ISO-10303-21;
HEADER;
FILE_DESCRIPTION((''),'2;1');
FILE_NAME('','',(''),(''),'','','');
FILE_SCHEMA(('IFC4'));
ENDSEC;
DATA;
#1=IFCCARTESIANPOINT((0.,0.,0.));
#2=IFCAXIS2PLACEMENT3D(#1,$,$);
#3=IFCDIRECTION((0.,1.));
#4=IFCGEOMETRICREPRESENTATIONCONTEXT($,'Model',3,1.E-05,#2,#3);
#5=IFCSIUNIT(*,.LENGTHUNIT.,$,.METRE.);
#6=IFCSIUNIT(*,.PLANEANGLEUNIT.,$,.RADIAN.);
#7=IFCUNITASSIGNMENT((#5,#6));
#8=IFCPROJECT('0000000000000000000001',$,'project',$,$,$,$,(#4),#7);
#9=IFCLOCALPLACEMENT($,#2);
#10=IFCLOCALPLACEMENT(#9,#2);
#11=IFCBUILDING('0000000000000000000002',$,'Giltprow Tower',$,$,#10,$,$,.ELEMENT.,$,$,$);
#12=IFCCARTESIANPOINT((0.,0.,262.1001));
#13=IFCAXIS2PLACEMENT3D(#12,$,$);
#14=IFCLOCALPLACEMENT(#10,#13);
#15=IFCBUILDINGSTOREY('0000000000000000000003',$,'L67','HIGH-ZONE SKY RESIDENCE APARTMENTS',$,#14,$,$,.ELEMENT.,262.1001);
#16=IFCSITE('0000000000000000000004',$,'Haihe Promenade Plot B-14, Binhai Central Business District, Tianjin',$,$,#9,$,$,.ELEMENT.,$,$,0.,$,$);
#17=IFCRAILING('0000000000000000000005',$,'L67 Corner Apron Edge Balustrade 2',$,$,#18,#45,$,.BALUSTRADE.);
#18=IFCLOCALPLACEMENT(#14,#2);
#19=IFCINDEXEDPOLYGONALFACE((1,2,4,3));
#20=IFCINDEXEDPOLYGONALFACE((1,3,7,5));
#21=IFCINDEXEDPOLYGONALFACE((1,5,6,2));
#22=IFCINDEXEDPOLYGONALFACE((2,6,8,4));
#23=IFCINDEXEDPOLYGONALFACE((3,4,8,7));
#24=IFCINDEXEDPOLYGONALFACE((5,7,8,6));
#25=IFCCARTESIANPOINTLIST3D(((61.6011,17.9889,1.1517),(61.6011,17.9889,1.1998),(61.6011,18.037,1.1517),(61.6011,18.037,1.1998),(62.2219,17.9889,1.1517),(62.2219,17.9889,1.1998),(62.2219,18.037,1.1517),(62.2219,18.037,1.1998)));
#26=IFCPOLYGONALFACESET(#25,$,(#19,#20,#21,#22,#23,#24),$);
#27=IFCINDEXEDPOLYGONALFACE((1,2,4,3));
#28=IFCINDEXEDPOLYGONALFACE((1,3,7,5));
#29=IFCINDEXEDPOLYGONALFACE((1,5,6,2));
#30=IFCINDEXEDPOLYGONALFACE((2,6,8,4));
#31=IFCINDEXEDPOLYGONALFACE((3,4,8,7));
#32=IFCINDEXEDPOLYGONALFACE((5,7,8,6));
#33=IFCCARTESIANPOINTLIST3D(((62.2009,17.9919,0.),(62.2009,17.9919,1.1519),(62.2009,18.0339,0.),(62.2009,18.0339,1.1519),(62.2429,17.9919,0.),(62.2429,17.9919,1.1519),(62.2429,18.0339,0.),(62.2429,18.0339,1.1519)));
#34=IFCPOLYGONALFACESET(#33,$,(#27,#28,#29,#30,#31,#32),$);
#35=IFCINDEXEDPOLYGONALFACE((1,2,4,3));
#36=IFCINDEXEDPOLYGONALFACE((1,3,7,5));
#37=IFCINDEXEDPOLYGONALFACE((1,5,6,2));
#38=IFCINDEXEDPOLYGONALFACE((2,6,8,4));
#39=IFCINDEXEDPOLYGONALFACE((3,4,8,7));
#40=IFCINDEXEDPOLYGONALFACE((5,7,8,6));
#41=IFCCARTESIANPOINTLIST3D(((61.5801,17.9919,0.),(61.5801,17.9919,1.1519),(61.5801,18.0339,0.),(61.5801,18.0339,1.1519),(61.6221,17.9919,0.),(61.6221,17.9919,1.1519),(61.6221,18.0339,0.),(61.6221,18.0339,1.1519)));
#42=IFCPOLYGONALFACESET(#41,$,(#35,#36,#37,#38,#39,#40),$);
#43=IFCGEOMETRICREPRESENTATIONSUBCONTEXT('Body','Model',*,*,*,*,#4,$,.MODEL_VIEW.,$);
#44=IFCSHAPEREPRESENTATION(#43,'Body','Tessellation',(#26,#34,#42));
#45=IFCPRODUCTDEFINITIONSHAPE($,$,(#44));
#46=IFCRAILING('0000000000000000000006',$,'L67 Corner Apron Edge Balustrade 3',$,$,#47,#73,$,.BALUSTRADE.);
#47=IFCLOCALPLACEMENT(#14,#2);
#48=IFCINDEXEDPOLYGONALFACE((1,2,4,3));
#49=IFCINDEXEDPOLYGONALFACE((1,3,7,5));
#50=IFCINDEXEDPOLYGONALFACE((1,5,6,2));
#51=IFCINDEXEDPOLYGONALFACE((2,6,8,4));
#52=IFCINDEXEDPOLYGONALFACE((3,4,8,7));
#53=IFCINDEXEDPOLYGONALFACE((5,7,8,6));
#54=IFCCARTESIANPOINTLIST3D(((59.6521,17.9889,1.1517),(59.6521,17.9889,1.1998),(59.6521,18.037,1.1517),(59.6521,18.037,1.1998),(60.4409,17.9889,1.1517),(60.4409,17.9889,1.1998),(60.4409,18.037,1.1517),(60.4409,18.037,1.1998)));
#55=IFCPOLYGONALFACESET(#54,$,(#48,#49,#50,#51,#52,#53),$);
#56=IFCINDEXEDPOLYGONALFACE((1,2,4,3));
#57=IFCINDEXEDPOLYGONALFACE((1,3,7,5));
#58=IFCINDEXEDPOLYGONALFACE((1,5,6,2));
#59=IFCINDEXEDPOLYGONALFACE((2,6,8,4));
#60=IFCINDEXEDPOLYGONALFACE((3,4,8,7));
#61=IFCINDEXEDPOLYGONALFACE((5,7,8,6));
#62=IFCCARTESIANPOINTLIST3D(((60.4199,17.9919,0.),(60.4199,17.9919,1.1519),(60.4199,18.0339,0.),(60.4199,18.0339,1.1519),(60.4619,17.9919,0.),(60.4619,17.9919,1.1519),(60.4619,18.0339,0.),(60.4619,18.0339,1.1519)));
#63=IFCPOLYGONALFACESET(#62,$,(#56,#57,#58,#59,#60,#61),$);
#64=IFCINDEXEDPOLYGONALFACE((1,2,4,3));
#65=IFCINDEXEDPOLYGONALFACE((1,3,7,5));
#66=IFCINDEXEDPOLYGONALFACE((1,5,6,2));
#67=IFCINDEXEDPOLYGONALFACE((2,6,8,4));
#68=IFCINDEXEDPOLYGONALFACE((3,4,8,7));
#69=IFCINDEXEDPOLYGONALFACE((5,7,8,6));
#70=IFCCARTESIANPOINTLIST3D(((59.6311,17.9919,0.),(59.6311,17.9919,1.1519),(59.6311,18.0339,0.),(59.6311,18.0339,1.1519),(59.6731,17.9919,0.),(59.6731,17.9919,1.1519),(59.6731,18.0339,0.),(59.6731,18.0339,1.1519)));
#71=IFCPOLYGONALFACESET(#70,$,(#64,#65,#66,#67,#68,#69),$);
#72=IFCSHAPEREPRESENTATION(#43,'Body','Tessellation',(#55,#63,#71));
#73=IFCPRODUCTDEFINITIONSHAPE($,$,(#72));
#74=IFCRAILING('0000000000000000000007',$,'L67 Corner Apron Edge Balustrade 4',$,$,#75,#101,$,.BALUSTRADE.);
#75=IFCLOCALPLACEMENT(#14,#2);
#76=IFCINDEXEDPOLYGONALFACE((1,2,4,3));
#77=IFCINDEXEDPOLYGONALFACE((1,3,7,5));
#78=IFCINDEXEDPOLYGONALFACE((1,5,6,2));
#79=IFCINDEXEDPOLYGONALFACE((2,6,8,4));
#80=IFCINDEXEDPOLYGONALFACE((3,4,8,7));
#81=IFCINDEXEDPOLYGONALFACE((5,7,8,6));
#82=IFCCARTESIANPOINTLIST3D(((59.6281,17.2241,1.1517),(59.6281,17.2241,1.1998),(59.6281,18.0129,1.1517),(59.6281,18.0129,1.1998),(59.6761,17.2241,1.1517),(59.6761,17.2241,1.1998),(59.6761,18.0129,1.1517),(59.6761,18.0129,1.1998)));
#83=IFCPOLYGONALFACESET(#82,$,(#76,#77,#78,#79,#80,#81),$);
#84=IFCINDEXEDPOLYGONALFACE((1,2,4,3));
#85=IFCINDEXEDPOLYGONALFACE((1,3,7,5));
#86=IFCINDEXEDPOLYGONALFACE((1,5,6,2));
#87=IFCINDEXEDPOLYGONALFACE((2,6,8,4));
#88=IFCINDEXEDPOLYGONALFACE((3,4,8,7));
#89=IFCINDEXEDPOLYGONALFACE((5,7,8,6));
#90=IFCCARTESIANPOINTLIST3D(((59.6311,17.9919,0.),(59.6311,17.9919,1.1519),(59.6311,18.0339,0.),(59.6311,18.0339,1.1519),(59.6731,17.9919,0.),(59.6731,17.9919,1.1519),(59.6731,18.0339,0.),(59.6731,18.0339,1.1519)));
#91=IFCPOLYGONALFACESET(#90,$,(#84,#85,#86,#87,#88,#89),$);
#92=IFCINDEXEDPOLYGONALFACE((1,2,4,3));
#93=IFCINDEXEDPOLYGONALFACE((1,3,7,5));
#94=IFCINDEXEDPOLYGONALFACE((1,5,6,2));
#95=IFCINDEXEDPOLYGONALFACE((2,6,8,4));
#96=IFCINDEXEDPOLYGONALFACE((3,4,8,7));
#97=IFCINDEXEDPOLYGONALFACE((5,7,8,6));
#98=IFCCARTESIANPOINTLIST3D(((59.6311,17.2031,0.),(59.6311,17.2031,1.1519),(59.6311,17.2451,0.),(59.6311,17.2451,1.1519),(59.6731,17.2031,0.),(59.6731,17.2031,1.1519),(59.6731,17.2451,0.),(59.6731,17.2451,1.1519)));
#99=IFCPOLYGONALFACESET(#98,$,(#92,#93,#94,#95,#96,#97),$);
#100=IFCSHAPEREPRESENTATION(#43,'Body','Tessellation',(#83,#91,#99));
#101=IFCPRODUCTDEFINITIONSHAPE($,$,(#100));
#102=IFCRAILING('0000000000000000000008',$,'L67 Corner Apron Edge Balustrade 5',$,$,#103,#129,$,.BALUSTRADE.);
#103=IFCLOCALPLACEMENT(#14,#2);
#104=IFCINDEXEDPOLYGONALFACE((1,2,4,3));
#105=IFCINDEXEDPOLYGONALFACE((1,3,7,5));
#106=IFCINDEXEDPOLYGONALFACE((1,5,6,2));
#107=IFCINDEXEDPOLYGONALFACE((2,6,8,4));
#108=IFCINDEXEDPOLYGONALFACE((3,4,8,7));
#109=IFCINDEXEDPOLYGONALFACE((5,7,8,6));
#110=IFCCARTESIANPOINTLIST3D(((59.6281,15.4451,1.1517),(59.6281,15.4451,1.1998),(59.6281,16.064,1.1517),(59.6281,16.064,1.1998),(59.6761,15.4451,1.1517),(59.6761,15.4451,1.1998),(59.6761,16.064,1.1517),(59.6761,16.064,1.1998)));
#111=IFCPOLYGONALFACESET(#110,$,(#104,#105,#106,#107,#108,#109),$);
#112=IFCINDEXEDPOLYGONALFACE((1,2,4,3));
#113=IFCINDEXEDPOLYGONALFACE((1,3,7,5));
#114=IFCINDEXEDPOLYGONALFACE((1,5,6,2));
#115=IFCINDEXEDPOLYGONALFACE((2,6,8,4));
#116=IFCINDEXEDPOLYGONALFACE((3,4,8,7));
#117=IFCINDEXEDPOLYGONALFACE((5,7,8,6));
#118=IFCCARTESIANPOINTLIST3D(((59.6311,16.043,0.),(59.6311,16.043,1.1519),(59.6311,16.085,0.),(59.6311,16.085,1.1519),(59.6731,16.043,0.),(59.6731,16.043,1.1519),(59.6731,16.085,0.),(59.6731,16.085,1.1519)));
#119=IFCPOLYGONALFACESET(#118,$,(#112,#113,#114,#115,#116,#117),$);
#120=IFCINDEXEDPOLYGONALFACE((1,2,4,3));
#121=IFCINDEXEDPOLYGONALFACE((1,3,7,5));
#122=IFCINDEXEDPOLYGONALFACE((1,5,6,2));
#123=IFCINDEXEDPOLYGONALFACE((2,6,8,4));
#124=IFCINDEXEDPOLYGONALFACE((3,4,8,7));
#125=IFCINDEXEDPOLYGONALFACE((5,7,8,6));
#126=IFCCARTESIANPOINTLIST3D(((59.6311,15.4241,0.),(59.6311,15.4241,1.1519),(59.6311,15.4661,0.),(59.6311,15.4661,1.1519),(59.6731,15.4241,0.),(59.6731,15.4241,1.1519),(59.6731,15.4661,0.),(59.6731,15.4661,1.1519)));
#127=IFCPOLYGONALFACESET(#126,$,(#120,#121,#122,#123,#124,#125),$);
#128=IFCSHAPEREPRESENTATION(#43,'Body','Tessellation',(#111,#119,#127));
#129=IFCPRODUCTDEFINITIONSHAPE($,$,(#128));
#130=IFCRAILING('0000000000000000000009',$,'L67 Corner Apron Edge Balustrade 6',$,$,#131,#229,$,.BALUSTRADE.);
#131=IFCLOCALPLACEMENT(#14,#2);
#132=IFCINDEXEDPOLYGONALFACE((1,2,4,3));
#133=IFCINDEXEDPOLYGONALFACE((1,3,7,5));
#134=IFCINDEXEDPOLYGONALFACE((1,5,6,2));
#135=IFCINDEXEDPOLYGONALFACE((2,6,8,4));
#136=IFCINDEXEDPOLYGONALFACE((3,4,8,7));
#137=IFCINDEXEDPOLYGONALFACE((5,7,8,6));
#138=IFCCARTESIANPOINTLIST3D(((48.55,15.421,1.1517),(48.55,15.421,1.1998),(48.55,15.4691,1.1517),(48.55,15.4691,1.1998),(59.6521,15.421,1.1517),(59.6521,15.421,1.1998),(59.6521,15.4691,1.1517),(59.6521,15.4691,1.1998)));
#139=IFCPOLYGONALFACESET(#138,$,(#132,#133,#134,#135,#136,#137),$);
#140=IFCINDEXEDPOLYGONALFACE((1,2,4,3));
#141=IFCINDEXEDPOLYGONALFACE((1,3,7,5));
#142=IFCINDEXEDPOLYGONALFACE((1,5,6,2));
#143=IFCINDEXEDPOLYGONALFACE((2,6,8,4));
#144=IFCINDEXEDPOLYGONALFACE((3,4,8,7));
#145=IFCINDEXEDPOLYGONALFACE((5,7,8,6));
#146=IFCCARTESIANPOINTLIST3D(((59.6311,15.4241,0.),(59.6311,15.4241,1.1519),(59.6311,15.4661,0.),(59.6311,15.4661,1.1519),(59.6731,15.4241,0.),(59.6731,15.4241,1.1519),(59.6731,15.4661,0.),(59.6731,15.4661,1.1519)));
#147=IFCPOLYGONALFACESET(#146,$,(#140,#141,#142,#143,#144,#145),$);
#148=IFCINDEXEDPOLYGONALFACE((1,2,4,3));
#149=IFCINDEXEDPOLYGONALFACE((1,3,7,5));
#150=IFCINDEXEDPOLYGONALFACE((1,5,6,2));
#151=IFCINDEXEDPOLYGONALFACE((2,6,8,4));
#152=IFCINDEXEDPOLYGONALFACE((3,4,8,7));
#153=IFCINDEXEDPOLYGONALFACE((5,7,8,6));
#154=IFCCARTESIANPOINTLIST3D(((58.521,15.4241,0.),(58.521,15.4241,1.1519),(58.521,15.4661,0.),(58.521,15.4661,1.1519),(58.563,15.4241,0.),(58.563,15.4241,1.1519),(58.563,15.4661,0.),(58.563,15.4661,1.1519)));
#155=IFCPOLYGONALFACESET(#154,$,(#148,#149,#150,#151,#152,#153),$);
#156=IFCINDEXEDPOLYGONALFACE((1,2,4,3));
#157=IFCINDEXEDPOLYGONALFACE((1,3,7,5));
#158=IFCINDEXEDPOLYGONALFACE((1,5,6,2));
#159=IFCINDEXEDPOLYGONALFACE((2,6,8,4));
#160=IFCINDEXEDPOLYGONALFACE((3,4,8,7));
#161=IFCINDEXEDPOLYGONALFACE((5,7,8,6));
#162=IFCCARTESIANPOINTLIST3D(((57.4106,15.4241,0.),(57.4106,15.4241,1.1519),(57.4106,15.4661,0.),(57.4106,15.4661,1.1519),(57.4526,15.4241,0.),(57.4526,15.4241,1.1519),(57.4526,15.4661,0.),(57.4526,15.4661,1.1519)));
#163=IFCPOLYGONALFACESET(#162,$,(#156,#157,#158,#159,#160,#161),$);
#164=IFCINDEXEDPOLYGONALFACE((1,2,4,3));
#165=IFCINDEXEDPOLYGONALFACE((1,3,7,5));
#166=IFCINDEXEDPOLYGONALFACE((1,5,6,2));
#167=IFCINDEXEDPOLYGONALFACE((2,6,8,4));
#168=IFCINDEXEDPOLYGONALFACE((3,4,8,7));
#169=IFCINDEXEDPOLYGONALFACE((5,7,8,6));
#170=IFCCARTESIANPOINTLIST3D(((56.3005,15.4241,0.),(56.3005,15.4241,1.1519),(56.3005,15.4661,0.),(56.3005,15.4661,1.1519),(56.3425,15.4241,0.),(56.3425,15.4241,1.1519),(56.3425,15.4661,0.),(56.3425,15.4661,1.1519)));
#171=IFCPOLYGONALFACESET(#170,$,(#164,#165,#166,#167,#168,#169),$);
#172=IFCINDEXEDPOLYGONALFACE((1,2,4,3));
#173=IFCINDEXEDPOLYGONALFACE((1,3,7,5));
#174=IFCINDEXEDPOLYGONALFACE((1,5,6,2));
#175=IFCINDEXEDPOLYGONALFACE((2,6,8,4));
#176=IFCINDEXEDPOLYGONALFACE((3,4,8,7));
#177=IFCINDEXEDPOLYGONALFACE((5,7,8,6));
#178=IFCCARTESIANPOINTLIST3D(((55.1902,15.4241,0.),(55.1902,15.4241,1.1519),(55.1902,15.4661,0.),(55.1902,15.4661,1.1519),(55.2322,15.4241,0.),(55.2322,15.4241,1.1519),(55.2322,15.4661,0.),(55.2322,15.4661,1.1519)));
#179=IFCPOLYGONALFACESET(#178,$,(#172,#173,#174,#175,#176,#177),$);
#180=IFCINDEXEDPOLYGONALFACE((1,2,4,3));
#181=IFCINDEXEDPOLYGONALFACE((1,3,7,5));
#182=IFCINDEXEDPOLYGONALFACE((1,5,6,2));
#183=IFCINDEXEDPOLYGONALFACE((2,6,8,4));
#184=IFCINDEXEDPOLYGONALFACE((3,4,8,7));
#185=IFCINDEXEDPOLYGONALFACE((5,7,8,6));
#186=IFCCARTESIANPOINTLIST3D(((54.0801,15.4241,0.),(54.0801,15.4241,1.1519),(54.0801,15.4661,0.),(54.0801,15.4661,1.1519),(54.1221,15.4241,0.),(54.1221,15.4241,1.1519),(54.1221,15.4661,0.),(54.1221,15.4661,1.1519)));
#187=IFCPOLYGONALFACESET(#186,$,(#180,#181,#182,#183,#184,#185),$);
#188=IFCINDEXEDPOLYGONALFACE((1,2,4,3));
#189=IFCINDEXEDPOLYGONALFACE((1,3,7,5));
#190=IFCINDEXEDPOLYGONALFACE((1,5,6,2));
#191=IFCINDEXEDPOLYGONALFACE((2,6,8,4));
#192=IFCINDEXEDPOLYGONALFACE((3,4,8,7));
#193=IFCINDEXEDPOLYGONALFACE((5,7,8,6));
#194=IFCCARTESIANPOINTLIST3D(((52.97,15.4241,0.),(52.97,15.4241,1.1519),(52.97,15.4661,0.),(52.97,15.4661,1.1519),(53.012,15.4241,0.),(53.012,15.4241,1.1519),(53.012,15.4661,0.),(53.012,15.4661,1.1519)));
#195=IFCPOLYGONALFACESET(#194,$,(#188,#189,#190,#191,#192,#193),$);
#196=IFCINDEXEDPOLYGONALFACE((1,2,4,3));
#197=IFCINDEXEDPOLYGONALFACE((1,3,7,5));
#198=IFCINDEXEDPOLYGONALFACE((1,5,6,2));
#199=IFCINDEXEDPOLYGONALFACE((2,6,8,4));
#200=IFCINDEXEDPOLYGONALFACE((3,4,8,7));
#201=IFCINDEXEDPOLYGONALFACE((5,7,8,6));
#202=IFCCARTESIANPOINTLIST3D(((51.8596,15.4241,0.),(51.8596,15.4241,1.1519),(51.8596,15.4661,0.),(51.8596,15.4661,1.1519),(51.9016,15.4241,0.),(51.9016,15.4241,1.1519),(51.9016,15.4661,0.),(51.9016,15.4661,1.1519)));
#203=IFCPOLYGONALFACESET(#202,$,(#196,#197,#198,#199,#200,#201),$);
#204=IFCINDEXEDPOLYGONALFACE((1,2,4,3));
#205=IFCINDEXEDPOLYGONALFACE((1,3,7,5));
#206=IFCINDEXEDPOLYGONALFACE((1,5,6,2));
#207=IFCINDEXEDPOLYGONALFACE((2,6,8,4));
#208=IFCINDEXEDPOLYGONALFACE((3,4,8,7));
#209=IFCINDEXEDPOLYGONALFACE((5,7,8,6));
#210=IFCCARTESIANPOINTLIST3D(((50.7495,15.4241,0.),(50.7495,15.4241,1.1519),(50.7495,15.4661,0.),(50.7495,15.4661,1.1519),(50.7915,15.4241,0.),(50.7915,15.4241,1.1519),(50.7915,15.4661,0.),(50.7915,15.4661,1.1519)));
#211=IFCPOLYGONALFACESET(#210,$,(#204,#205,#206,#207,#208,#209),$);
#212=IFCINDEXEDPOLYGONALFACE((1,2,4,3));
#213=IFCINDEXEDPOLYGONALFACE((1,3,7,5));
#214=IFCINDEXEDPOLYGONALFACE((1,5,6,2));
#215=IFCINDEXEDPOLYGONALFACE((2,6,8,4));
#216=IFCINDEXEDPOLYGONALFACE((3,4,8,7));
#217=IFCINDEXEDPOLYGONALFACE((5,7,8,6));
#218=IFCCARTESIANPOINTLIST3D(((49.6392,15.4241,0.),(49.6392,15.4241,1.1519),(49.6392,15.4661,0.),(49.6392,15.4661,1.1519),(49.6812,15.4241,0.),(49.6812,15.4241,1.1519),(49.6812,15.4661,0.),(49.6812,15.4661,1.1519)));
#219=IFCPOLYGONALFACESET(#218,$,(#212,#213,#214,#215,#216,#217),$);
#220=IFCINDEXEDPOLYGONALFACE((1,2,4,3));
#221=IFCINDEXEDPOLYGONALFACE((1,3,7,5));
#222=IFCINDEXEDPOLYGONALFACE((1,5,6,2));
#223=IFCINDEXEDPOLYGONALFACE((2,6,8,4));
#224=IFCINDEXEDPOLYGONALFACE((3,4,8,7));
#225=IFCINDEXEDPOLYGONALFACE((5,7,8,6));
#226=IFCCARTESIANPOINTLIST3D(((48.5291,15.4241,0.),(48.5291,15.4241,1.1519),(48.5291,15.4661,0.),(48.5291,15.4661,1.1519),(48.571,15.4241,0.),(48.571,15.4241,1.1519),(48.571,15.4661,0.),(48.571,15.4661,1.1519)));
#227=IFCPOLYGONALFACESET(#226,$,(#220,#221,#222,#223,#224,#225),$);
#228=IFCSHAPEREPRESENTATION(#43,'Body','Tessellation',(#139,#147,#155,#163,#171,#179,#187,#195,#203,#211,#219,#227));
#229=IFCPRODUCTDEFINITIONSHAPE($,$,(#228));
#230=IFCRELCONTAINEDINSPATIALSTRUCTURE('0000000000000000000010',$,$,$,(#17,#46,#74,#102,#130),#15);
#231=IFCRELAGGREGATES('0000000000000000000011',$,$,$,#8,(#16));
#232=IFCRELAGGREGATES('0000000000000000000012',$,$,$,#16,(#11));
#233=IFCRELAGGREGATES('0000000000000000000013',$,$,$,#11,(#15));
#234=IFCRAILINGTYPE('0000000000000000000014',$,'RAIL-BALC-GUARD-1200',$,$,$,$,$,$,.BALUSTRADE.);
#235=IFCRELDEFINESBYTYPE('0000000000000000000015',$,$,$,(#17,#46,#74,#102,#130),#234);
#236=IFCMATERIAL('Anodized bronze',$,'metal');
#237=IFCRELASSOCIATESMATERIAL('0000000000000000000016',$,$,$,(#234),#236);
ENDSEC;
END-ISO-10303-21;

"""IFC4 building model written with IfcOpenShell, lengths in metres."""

from ifc_helpers import new_model, si_unit, direction, frame, origin, origin_2d, place, context, subcontext, project, spatial, rectangle, extrude, material, type_object, element, save


model = new_model("IFC4")

# Units and contexts
model_context = context("Model", 3, precision=1e-05, world=origin(), true_north=direction((0.0, 1.0)))
body_context = subcontext(model_context, "Body", "Model", "MODEL_VIEW")
ifc_project = project(units=[si_unit("LENGTHUNIT", "METRE"), si_unit("PLANEANGLEUNIT", "RADIAN")], contexts=[model_context])

# Site, building, storey
site_placement = place(None, origin())
site = spatial("IfcSite", under=ifc_project, at=site_placement, Name="Haihe Promenade Plot B-14, Binhai Central Business District, Tianjin", CompositionType="ELEMENT", RefElevation=0.0)
building_placement = place(site_placement, origin())
building = spatial("IfcBuilding", under=site, at=building_placement, Name="Giltprow Tower", CompositionType="ELEMENT")
storey_placement = place(building_placement, frame((0.0, 0.0, 262.1001)))
storey = spatial("IfcBuildingStorey", under=building, at=storey_placement, Name="L67", Description="HIGH-ZONE SKY RESIDENCE APARTMENTS", CompositionType="ELEMENT", Elevation=262.1001)

# Shared definitions
ifc_material_1 = material(Name="Anodized bronze", Category="metal")

# Railings
railing_type = type_object("IfcRailingType", Name="RAIL-BALC-GUARD-1200", PredefinedType="BALUSTRADE", material=ifc_material_1)
railing_1_placement = place(storey_placement, frame((62.2219, 18.0129, 0.0)))
element("IfcRailing", 1, at=railing_1_placement, inside=storey, type_object=railing_type, Name="L67 Corner Apron Edge Balustrade 2", PredefinedType="BALUSTRADE", context=body_context, shape_type="SweptSolid", body=[
    extrude(rectangle(XDim=0.0481, YDim=0.0481, at=origin_2d()), frame((0.0, 0.0, 1.1758), z_axis=(-1.0, 0.0, 0.0), x_axis=(0.0, -1.0, 0.0)), (0.0, 0.0, 1.0), 0.6208),
    extrude(rectangle(XDim=0.042, YDim=0.042, at=origin_2d()), origin(), (0.0, 0.0, 1.0), 1.1519),
    extrude(rectangle(XDim=0.042, YDim=0.042, at=origin_2d()), frame((-0.6208, 0.0, 0.0)), (0.0, 0.0, 1.0), 1.1519),
])
railing_2_placement = place(storey_placement, frame((60.4409, 18.0129, 0.0)))
element("IfcRailing", 2, at=railing_2_placement, inside=storey, type_object=railing_type, Name="L67 Corner Apron Edge Balustrade 3", PredefinedType="BALUSTRADE", context=body_context, shape_type="SweptSolid", body=[
    extrude(rectangle(XDim=0.0481, YDim=0.0481, at=origin_2d()), frame((0.0, 0.0, 1.1758), z_axis=(-1.0, 0.0, 0.0), x_axis=(0.0, -1.0, 0.0)), (0.0, 0.0, 1.0), 0.7888),
    extrude(rectangle(XDim=0.042, YDim=0.042, at=origin_2d()), origin(), (0.0, 0.0, 1.0), 1.1519),
    extrude(rectangle(XDim=0.042, YDim=0.042, at=origin_2d()), frame((-0.7888, 0.0, 0.0)), (0.0, 0.0, 1.0), 1.1519),
])
railing_3_placement = place(storey_placement, frame((59.6521, 18.0129, 0.0)))
element("IfcRailing", 3, at=railing_3_placement, inside=storey, type_object=railing_type, Name="L67 Corner Apron Edge Balustrade 4", PredefinedType="BALUSTRADE", context=body_context, shape_type="SweptSolid", body=[
    extrude(rectangle(XDim=0.0481, YDim=0.0481, at=origin_2d()), frame((0.0, 0.0, 1.1758), z_axis=(0.0, -1.0, 0.0), x_axis=(1.0, 0.0, 0.0)), (0.0, 0.0, 1.0), 0.7888),
    extrude(rectangle(XDim=0.042, YDim=0.042, at=origin_2d()), origin(), (0.0, 0.0, 1.0), 1.1519),
    extrude(rectangle(XDim=0.042, YDim=0.042, at=origin_2d()), frame((0.0, -0.7888, 0.0)), (0.0, 0.0, 1.0), 1.1519),
])
railing_4_placement = place(storey_placement, frame((59.6521, 16.064, 0.0)))
element("IfcRailing", 4, at=railing_4_placement, inside=storey, type_object=railing_type, Name="L67 Corner Apron Edge Balustrade 5", PredefinedType="BALUSTRADE", context=body_context, shape_type="SweptSolid", body=[
    extrude(rectangle(XDim=0.0481, YDim=0.0481, at=origin_2d()), frame((0.0, 0.0, 1.1758), z_axis=(0.0, -1.0, 0.0), x_axis=(1.0, 0.0, 0.0)), (0.0, 0.0, 1.0), 0.6189),
    extrude(rectangle(XDim=0.042, YDim=0.042, at=origin_2d()), origin(), (0.0, 0.0, 1.0), 1.1519),
    extrude(rectangle(XDim=0.042, YDim=0.042, at=origin_2d()), frame((0.0, -0.6189, 0.0)), (0.0, 0.0, 1.0), 1.1519),
])
railing_5_placement = place(storey_placement, frame((59.6521, 15.4451, 0.0)))
element("IfcRailing", 5, at=railing_5_placement, inside=storey, type_object=railing_type, Name="L67 Corner Apron Edge Balustrade 6", PredefinedType="BALUSTRADE", context=body_context, shape_type="SweptSolid", body=[
    extrude(rectangle(XDim=0.0481, YDim=0.0481, at=origin_2d()), frame((0.0, 0.0, 1.1758), z_axis=(-1.0, 0.0, 0.0), x_axis=(0.0, -1.0, 0.0)), (0.0, 0.0, 1.0), 11.1021),
    extrude(rectangle(XDim=0.042, YDim=0.042, at=origin_2d()), origin(), (0.0, 0.0, 1.0), 1.1519),
    extrude(rectangle(XDim=0.042, YDim=0.042, at=origin_2d()), frame((-1.1101, 0.0, 0.0)), (0.0, 0.0, 1.0), 1.1519),
    extrude(rectangle(XDim=0.042, YDim=0.042, at=origin_2d()), frame((-2.2205, 0.0, 0.0)), (0.0, 0.0, 1.0), 1.1519),
    extrude(rectangle(XDim=0.042, YDim=0.042, at=origin_2d()), frame((-3.3306, 0.0, 0.0)), (0.0, 0.0, 1.0), 1.1519),
    extrude(rectangle(XDim=0.042, YDim=0.042, at=origin_2d()), frame((-4.4409, 0.0, 0.0)), (0.0, 0.0, 1.0), 1.1519),
    extrude(rectangle(XDim=0.042, YDim=0.042, at=origin_2d()), frame((-5.551, 0.0, 0.0)), (0.0, 0.0, 1.0), 1.1519),
    extrude(rectangle(XDim=0.042, YDim=0.042, at=origin_2d()), frame((-6.6611, 0.0, 0.0)), (0.0, 0.0, 1.0), 1.1519),
    extrude(rectangle(XDim=0.042, YDim=0.042, at=origin_2d()), frame((-7.7715, 0.0, 0.0)), (0.0, 0.0, 1.0), 1.1519),
    extrude(rectangle(XDim=0.042, YDim=0.042, at=origin_2d()), frame((-8.8816, 0.0, 0.0)), (0.0, 0.0, 1.0), 1.1519),
    extrude(rectangle(XDim=0.042, YDim=0.042, at=origin_2d()), frame((-9.9919, 0.0, 0.0)), (0.0, 0.0, 1.0), 1.1519),
    extrude(rectangle(XDim=0.042, YDim=0.042, at=origin_2d()), frame((-11.1021, 0.0, 0.0)), (0.0, 0.0, 1.0), 1.1519),
])

save(model, "model.ifc")
